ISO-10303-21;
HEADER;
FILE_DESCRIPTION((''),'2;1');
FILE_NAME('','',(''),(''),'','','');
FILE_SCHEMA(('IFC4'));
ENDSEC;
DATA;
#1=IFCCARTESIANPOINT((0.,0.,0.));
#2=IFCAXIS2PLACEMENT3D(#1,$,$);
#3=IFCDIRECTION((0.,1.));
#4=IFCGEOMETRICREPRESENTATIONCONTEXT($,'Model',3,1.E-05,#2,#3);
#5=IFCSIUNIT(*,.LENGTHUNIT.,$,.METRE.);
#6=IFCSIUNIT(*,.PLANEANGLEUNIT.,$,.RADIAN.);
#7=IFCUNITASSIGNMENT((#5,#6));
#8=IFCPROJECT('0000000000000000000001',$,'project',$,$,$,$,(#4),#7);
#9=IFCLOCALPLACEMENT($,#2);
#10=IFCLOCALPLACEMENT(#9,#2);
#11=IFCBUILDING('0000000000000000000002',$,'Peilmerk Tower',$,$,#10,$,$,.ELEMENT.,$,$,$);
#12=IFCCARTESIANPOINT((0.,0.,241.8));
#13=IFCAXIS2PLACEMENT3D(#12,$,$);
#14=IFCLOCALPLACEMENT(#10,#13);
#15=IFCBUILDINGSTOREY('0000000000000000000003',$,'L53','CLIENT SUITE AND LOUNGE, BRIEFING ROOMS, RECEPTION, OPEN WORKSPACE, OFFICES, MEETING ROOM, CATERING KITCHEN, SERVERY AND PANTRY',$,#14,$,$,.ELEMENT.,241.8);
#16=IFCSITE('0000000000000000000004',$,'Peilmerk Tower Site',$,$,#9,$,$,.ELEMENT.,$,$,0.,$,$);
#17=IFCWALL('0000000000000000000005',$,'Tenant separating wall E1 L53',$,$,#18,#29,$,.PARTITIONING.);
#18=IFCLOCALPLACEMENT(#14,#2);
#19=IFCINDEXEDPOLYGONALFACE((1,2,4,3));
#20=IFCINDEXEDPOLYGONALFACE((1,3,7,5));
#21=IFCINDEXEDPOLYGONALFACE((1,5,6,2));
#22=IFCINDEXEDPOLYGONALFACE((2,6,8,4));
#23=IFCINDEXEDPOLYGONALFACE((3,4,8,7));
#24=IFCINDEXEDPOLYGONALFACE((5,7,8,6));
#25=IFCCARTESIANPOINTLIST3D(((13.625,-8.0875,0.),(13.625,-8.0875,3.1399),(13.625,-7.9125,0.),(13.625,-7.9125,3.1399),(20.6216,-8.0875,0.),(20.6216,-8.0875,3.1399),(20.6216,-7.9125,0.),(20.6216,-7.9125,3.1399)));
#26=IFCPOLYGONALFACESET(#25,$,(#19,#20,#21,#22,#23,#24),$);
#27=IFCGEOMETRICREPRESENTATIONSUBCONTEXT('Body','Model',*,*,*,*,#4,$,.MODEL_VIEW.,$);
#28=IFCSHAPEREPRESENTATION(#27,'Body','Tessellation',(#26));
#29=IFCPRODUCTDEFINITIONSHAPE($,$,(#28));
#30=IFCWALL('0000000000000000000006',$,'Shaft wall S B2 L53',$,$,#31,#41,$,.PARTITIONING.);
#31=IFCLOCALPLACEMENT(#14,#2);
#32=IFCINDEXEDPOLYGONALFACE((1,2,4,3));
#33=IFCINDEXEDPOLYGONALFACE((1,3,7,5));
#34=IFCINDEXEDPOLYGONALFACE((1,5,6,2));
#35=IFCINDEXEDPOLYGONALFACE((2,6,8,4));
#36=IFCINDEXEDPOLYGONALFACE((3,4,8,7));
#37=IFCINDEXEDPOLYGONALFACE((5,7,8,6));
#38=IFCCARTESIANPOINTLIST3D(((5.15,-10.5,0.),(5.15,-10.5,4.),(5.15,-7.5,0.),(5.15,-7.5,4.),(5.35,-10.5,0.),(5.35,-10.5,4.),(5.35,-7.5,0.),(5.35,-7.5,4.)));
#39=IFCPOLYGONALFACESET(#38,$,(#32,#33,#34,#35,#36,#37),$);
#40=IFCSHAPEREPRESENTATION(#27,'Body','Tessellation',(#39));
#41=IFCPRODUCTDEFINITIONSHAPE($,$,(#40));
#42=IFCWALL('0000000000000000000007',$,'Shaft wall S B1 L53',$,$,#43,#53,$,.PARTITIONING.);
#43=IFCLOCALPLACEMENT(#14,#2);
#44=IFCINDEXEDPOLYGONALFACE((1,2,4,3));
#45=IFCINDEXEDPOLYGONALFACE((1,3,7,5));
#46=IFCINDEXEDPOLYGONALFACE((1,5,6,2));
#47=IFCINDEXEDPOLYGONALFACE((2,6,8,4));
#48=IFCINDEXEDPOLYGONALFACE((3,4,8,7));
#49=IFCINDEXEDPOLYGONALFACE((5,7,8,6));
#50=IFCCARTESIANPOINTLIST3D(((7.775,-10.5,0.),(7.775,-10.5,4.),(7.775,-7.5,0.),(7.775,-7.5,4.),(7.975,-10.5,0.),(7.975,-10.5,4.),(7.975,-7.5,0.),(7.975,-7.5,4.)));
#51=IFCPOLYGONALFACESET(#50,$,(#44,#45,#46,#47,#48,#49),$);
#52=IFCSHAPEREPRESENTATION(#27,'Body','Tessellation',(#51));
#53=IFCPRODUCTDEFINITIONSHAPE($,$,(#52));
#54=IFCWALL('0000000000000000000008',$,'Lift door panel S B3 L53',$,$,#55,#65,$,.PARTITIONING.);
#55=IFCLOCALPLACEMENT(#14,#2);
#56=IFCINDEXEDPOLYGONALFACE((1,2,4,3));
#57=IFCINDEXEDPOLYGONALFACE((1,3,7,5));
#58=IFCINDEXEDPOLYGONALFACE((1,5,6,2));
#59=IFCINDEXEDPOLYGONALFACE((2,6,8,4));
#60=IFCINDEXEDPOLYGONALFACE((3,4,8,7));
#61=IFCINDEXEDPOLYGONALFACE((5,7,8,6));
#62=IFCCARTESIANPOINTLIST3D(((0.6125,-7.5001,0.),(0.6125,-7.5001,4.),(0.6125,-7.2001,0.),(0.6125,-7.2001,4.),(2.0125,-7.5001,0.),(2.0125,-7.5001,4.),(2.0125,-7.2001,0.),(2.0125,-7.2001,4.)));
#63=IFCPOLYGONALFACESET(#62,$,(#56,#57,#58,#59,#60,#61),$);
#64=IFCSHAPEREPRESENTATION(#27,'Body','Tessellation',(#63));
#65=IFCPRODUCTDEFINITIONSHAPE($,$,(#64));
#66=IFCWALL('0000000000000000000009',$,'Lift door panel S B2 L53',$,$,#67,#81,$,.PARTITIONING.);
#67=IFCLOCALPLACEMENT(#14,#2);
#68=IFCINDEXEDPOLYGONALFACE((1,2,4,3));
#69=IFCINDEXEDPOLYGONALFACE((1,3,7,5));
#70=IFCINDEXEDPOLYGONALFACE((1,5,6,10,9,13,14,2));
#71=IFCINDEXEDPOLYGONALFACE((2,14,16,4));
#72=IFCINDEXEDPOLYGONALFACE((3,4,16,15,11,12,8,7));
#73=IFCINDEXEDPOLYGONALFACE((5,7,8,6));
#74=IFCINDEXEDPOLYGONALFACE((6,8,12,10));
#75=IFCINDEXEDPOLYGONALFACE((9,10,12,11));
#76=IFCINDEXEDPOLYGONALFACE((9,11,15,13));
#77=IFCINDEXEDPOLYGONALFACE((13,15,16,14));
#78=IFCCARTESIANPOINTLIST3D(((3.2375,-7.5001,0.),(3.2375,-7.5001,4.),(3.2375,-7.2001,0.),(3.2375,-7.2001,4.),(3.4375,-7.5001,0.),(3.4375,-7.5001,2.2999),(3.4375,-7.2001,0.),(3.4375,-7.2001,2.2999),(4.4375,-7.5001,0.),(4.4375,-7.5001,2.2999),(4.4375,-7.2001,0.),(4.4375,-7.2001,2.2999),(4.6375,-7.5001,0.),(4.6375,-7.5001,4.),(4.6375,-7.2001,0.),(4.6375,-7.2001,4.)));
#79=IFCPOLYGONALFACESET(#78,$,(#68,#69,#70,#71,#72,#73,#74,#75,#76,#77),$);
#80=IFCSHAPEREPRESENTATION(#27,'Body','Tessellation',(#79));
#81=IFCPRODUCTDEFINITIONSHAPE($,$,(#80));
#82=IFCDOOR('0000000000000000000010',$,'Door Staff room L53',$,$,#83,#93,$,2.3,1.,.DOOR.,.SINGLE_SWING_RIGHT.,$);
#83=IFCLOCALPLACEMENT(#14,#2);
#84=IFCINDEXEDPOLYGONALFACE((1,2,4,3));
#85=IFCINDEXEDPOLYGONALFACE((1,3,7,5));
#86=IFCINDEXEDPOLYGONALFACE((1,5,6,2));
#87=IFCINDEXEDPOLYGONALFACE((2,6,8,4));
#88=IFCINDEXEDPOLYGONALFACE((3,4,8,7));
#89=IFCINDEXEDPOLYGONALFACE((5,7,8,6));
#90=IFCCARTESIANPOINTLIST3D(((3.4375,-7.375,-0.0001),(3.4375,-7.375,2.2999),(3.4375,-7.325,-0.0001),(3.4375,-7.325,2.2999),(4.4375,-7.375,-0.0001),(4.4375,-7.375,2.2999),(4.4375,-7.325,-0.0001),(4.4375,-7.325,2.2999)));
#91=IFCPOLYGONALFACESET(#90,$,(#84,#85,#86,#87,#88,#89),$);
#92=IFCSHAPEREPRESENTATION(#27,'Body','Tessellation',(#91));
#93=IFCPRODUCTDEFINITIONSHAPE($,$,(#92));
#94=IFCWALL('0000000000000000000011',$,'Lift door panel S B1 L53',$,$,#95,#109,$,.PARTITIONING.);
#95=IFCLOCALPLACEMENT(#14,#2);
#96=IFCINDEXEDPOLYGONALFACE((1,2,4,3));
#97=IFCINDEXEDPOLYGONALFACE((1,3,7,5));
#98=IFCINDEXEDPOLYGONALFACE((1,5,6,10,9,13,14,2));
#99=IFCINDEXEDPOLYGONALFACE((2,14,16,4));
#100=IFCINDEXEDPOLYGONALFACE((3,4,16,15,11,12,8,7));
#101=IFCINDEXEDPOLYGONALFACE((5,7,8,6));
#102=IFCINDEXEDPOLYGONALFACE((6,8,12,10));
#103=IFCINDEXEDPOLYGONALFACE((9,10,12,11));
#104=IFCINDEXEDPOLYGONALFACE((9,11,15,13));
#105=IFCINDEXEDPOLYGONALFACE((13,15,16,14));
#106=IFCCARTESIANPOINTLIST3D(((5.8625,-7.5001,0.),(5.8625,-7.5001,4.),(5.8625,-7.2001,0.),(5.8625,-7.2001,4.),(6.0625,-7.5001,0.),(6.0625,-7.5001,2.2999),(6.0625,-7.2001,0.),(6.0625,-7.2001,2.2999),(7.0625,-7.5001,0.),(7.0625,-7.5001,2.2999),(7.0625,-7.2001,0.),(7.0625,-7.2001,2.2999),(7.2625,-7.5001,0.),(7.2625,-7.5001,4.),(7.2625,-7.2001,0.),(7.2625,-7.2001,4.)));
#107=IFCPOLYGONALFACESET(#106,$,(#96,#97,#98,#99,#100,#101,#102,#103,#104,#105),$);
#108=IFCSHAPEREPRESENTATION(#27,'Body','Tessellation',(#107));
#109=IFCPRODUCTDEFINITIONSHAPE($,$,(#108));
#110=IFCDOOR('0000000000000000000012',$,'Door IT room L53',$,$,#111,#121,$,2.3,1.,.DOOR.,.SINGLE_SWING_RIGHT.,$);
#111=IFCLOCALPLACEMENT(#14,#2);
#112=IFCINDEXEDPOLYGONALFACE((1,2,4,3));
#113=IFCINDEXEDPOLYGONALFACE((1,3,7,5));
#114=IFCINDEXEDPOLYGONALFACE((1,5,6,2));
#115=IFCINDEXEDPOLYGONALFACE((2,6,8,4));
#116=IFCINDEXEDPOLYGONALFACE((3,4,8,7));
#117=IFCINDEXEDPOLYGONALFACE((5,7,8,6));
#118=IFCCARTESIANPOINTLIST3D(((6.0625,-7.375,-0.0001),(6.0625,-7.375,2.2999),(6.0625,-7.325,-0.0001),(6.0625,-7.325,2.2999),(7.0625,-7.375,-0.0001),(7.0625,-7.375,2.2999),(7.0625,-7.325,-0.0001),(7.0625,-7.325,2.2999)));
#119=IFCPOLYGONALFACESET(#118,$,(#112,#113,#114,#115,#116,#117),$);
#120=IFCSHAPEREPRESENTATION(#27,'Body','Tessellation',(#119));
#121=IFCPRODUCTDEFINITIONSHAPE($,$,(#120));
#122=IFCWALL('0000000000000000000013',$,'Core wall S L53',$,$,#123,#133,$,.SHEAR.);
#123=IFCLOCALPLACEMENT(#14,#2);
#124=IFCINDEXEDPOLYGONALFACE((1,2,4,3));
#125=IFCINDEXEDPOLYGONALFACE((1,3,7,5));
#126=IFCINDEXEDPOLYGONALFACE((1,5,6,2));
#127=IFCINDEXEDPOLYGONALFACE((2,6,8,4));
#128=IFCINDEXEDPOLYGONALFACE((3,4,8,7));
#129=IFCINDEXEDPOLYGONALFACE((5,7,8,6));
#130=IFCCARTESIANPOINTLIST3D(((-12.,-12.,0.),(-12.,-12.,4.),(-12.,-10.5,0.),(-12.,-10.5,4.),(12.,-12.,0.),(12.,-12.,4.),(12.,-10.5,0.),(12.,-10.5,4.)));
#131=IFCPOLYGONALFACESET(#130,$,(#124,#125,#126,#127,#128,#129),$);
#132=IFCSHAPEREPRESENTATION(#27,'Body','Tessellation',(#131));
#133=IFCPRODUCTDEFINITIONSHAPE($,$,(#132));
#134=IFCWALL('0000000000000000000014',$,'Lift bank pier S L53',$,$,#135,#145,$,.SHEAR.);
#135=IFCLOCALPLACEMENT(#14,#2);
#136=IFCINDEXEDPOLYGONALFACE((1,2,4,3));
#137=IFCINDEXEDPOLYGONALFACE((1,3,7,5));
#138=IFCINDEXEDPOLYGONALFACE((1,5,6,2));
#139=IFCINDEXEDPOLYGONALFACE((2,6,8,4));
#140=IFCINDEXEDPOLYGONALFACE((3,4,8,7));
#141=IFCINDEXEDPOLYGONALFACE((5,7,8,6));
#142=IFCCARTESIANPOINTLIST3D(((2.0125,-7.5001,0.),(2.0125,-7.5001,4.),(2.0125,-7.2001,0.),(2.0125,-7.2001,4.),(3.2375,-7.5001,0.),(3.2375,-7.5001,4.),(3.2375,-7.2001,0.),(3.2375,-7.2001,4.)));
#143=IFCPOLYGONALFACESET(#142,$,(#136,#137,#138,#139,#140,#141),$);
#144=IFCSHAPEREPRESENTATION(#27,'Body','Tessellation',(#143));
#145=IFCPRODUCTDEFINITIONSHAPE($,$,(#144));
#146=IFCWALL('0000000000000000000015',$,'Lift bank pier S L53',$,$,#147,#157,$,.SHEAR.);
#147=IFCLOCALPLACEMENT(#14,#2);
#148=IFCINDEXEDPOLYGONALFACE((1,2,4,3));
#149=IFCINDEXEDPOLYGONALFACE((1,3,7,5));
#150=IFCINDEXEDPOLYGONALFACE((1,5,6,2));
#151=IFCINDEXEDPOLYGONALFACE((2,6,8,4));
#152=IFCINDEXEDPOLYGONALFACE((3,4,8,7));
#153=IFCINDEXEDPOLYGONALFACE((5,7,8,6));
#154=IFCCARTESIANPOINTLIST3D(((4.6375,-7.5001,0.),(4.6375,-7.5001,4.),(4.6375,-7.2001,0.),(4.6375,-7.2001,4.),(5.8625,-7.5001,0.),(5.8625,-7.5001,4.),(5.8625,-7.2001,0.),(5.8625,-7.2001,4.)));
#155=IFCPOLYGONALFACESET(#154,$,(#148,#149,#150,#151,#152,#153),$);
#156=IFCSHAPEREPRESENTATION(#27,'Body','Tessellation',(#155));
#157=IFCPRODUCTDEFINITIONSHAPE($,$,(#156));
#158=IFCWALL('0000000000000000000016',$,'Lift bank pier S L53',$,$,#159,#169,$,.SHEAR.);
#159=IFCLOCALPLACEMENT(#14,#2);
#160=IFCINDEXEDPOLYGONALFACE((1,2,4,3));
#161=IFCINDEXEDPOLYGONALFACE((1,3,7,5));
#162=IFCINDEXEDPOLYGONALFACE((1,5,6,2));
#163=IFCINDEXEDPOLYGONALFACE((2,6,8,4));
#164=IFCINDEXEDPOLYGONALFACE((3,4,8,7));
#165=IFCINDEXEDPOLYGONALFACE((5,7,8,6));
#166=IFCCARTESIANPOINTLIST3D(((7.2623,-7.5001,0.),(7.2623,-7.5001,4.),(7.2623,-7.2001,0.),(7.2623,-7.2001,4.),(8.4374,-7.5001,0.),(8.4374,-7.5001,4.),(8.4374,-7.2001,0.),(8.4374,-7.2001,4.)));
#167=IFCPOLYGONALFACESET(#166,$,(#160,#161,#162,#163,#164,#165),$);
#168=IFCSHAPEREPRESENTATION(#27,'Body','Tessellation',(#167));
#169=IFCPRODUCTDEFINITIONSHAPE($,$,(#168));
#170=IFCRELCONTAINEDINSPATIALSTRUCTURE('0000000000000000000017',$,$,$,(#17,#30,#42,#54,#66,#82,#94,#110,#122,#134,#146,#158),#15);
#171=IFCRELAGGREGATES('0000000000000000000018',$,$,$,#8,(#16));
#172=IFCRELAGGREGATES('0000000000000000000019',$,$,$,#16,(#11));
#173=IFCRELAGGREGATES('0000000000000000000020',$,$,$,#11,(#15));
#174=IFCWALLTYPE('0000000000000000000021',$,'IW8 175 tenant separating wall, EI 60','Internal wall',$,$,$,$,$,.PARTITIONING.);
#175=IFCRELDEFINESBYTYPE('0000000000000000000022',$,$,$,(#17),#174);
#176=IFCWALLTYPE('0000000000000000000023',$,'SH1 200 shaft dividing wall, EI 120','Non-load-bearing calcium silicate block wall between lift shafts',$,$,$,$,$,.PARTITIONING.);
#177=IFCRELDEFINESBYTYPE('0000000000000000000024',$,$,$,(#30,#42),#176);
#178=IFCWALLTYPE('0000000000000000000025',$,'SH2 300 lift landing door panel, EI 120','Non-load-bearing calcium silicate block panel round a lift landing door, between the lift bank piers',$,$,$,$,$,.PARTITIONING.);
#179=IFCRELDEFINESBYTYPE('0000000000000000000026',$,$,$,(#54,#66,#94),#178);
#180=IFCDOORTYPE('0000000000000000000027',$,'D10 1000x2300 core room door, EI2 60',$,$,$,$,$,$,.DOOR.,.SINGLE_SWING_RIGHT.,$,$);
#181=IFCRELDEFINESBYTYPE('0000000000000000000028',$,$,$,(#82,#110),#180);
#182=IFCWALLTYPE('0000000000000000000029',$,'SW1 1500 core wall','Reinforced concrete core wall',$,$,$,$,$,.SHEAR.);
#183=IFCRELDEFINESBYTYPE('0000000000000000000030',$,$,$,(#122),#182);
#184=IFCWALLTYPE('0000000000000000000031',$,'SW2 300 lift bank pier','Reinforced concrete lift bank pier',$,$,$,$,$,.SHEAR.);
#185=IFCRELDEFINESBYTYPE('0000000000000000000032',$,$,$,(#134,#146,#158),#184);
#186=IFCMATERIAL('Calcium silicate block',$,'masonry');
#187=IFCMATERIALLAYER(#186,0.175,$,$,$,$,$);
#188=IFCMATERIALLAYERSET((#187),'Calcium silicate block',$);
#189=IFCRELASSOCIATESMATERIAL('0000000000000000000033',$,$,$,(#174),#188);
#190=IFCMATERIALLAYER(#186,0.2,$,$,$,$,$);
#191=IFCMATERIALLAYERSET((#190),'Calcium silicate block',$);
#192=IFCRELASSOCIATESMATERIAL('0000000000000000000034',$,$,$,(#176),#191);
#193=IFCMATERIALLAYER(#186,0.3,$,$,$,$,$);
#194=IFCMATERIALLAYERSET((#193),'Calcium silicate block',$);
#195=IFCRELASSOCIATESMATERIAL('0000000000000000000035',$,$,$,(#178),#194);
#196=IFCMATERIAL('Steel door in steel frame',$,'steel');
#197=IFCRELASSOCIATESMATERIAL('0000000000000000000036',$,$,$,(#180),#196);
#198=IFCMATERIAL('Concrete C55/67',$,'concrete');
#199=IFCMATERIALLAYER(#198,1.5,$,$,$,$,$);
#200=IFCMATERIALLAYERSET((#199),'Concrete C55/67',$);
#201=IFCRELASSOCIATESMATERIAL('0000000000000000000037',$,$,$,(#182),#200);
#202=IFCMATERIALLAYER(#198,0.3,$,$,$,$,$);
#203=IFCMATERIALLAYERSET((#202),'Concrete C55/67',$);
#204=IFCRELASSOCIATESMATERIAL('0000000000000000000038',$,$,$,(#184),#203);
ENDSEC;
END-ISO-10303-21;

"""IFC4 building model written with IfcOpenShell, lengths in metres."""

from ifc_helpers import new_model, si_unit, direction, frame, frame_2d, origin, place, context, subcontext, project, spatial, rectangle, extrude, material, layer, layer_set, type_object, element, fill, save


model = new_model("IFC4")

# Units and contexts
model_context = context("Model", 3, precision=1e-05, world=origin(), true_north=direction((0.0, 1.0)))
body_context = subcontext(model_context, "Body", "Model", "MODEL_VIEW")
ifc_project = project(units=[si_unit("LENGTHUNIT", "METRE"), si_unit("PLANEANGLEUNIT", "RADIAN")], contexts=[model_context])

# Site, building, storey
site_placement = place(None, origin())
site = spatial("IfcSite", under=ifc_project, at=site_placement, Name="Peilmerk Tower Site", CompositionType="ELEMENT", RefElevation=0.0)
building_placement = place(site_placement, origin())
building = spatial("IfcBuilding", under=site, at=building_placement, Name="Peilmerk Tower", CompositionType="ELEMENT")
storey_placement = place(building_placement, frame((0.0, 0.0, 241.8)))
storey = spatial("IfcBuildingStorey", under=building, at=storey_placement, Name="L53", Description="CLIENT SUITE AND LOUNGE, BRIEFING ROOMS, RECEPTION, OPEN WORKSPACE, OFFICES, MEETING ROOM, CATERING KITCHEN, SERVERY AND PANTRY", CompositionType="ELEMENT", Elevation=241.8)

# Shared definitions
ifc_material_1 = material(Name="Calcium silicate block", Category="masonry")

# Walls
ifc_layer_1 = layer(ifc_material_1, 0.175)
ifc_layer_set_1 = layer_set([ifc_layer_1], Name="Calcium silicate block")
wall_type_1 = type_object("IfcWallType", Name="IW8 175 tenant separating wall, EI 60", Description="Internal wall", PredefinedType="PARTITIONING", material=ifc_layer_set_1)
wall_1_placement = place(storey_placement, frame((13.625, -8.0, 0.0), z_axis=(0.0, 0.0, 1.0), x_axis=(1.0, 0.0, 0.0)))
element("IfcWall", 1, at=wall_1_placement, inside=storey, type_object=wall_type_1, Name="Tenant separating wall E1 L53", PredefinedType="PARTITIONING", context=body_context, shape_type="SweptSolid", body=[
    extrude(rectangle(XDim=6.9966, YDim=0.175, at=frame_2d((3.4983, 0.0))), origin(), (0.0, 0.0, 1.0), 3.1399),
])
ifc_layer_2 = layer(ifc_material_1, 0.2)
ifc_layer_set_2 = layer_set([ifc_layer_2], Name="Calcium silicate block")
wall_type_2 = type_object("IfcWallType", Name="SH1 200 shaft dividing wall, EI 120", Description="Non-load-bearing calcium silicate block wall between lift shafts", PredefinedType="PARTITIONING", material=ifc_layer_set_2)
for number, where, z_axis, x_axis, name in (
    (2, (5.25, -10.5, 0.0), (0.0, 0.0, 1.0), (0.0, 1.0, 0.0), "Shaft wall S B2 L53"),
    (3, (7.875, -10.5, 0.0), (0.0, 0.0, 1.0), (0.0, 1.0, 0.0), "Shaft wall S B1 L53"),
):
    element("IfcWall", number, at=place(storey_placement, frame(where, z_axis=z_axis, x_axis=x_axis)), inside=storey, type_object=wall_type_2, Name=name, PredefinedType="PARTITIONING", context=body_context, shape_type="SweptSolid", body=[
        extrude(rectangle(XDim=3.0, YDim=0.2, at=frame_2d((1.5, 0.0))), origin(), (0.0, 0.0, 1.0), 4.0),
    ])
ifc_layer_3 = layer(ifc_material_1, 0.3)
ifc_layer_set_3 = layer_set([ifc_layer_3], Name="Calcium silicate block")
wall_type_3 = type_object("IfcWallType", Name="SH2 300 lift landing door panel, EI 120", Description="Non-load-bearing calcium silicate block panel round a lift landing door, between the lift bank piers", PredefinedType="PARTITIONING", material=ifc_layer_set_3)
wall_2_placement = place(storey_placement, frame((0.6125, -7.3501, 0.0), z_axis=(0.0, 0.0, 1.0), x_axis=(1.0, 0.0, 0.0)))
element("IfcWall", 4, at=wall_2_placement, inside=storey, type_object=wall_type_3, Name="Lift door panel S B3 L53", PredefinedType="PARTITIONING", context=body_context, shape_type="SweptSolid", body=[
    extrude(rectangle(XDim=1.3999, YDim=0.3, at=frame_2d((0.7, 0.0))), origin(), (0.0, 0.0, 1.0), 4.0),
])

# Walls, openings, doors
wall_3_placement = place(storey_placement, frame((3.2375, -7.3501, 0.0), z_axis=(0.0, 0.0, 1.0), x_axis=(1.0, 0.0, 0.0)))
wall_3 = element("IfcWall", 5, at=wall_3_placement, inside=storey, type_object=wall_type_3, Name="Lift door panel S B2 L53", PredefinedType="PARTITIONING", context=body_context, shape_type="SweptSolid", body=[
    extrude(rectangle(XDim=1.3999, YDim=0.3, at=frame_2d((0.7, 0.0))), origin(), (0.0, 0.0, 1.0), 4.0),
])
opening_1_placement = place(wall_3_placement, frame((0.2, 0.0, 0.0)))
opening_1 = element("IfcOpeningElement", 6, at=opening_1_placement, cuts=wall_3, PredefinedType="OPENING", context=body_context, shape_type="SweptSolid", body=[
    extrude(rectangle(XDim=1.0, YDim=2.3, at=frame_2d((0.5, 1.1499))), frame((0.0, 0.1599, 0.0), z_axis=(0.0, -1.0, 0.0), x_axis=(1.0, 0.0, 0.0)), (0.0, 0.0, 1.0), 0.3201),
])
ifc_material_2 = material(Name="Steel door in steel frame", Category="steel")
door_type_1 = type_object("IfcDoorType", Name="D10 1000x2300 core room door, EI2 60", OperationType="SINGLE_SWING_RIGHT", PredefinedType="DOOR", material=ifc_material_2)
door_1_placement = place(opening_1_placement, frame((1.0, 0.0, 0.0), z_axis=(0.0, 0.0, 1.0), x_axis=(-1.0, 0.0, 0.0)))
door_1 = element("IfcDoor", 7, at=door_1_placement, inside=storey, type_object=door_type_1, Name="Door Staff room L53", OperationType="SINGLE_SWING_RIGHT", OverallHeight=2.3, OverallWidth=1.0, PredefinedType="DOOR", context=body_context, shape_type="SweptSolid", body=[
    extrude(rectangle(XDim=1.0, YDim=2.3, at=frame_2d((0.5, 1.1499))), frame((0.0, 0.0249, 0.0), z_axis=(0.0, -1.0, 0.0), x_axis=(1.0, 0.0, 0.0)), (0.0, 0.0, 1.0), 0.05),
])
fill(opening_1, door_1)
wall_4_placement = place(storey_placement, frame((5.8625, -7.3501, 0.0), z_axis=(0.0, 0.0, 1.0), x_axis=(1.0, 0.0, 0.0)))
wall_4 = element("IfcWall", 8, at=wall_4_placement, inside=storey, type_object=wall_type_3, Name="Lift door panel S B1 L53", PredefinedType="PARTITIONING", context=body_context, shape_type="SweptSolid", body=[
    extrude(rectangle(XDim=1.3999, YDim=0.3, at=frame_2d((0.7, 0.0))), origin(), (0.0, 0.0, 1.0), 4.0),
])
opening_2_placement = place(wall_4_placement, frame((0.2, 0.0, 0.0)))
opening_2 = element("IfcOpeningElement", 9, at=opening_2_placement, cuts=wall_4, PredefinedType="OPENING", context=body_context, shape_type="SweptSolid", body=[
    extrude(rectangle(XDim=1.0, YDim=2.3, at=frame_2d((0.5, 1.1499))), frame((0.0, 0.1599, 0.0), z_axis=(0.0, -1.0, 0.0), x_axis=(1.0, 0.0, 0.0)), (0.0, 0.0, 1.0), 0.3201),
])
door_2_placement = place(opening_2_placement, frame((1.0, 0.0, 0.0), z_axis=(0.0, 0.0, 1.0), x_axis=(-1.0, 0.0, 0.0)))
door_2 = element("IfcDoor", 10, at=door_2_placement, inside=storey, type_object=door_type_1, Name="Door IT room L53", OperationType="SINGLE_SWING_RIGHT", OverallHeight=2.3, OverallWidth=1.0, PredefinedType="DOOR", context=body_context, shape_type="SweptSolid", body=[
    extrude(rectangle(XDim=1.0, YDim=2.3, at=frame_2d((0.5, 1.1499))), frame((0.0, 0.0249, 0.0), z_axis=(0.0, -1.0, 0.0), x_axis=(1.0, 0.0, 0.0)), (0.0, 0.0, 1.0), 0.05),
])
fill(opening_2, door_2)

# Walls
ifc_material_3 = material(Name="Concrete C55/67", Category="concrete")
ifc_layer_4 = layer(ifc_material_3, 1.5)
ifc_layer_set_4 = layer_set([ifc_layer_4], Name="Concrete C55/67")
wall_type_4 = type_object("IfcWallType", Name="SW1 1500 core wall", Description="Reinforced concrete core wall", PredefinedType="SHEAR", material=ifc_layer_set_4)
wall_5_placement = place(storey_placement, frame((12.0, -11.25, 0.0), z_axis=(0.0, 0.0, 1.0), x_axis=(-1.0, 0.0, 0.0)))
element("IfcWall", 11, at=wall_5_placement, inside=storey, type_object=wall_type_4, Name="Core wall S L53", PredefinedType="SHEAR", context=body_context, shape_type="SweptSolid", body=[
    extrude(rectangle(XDim=24.0, YDim=1.5, at=frame_2d((12.0, 0.0))), origin(), (0.0, 0.0, 1.0), 4.0),
])
ifc_layer_5 = layer(ifc_material_3, 0.3)
ifc_layer_set_5 = layer_set([ifc_layer_5], Name="Concrete C55/67")
wall_type_5 = type_object("IfcWallType", Name="SW2 300 lift bank pier", Description="Reinforced concrete lift bank pier", PredefinedType="SHEAR", material=ifc_layer_set_5)
for number, where, z_axis, x_axis, name in (
    (12, (2.0125, -7.3501, 0.0), (0.0, 0.0, 1.0), (1.0, 0.0, 0.0), "Lift bank pier S L53"),
    (13, (4.6375, -7.3501, 0.0), (0.0, 0.0, 1.0), (1.0, 0.0, 0.0), "Lift bank pier S L53"),
):
    element("IfcWall", number, at=place(storey_placement, frame(where, z_axis=z_axis, x_axis=x_axis)), inside=storey, type_object=wall_type_5, Name=name, PredefinedType="SHEAR", context=body_context, shape_type="SweptSolid", body=[
        extrude(rectangle(XDim=1.2251, YDim=0.3, at=frame_2d((0.6125, 0.0))), origin(), (0.0, 0.0, 1.0), 4.0),
    ])
wall_6_placement = place(storey_placement, frame((7.2625, -7.3501, 0.0), z_axis=(0.0, 0.0, 1.0), x_axis=(1.0, 0.0, 0.0)))
element("IfcWall", 14, at=wall_6_placement, inside=storey, type_object=wall_type_5, Name="Lift bank pier S L53", PredefinedType="SHEAR", context=body_context, shape_type="SweptSolid", body=[
    extrude(rectangle(XDim=1.175, YDim=0.3, at=frame_2d((0.5874, 0.0))), origin(), (0.0, 0.0, 1.0), 4.0),
])

save(model, "model.ifc")
